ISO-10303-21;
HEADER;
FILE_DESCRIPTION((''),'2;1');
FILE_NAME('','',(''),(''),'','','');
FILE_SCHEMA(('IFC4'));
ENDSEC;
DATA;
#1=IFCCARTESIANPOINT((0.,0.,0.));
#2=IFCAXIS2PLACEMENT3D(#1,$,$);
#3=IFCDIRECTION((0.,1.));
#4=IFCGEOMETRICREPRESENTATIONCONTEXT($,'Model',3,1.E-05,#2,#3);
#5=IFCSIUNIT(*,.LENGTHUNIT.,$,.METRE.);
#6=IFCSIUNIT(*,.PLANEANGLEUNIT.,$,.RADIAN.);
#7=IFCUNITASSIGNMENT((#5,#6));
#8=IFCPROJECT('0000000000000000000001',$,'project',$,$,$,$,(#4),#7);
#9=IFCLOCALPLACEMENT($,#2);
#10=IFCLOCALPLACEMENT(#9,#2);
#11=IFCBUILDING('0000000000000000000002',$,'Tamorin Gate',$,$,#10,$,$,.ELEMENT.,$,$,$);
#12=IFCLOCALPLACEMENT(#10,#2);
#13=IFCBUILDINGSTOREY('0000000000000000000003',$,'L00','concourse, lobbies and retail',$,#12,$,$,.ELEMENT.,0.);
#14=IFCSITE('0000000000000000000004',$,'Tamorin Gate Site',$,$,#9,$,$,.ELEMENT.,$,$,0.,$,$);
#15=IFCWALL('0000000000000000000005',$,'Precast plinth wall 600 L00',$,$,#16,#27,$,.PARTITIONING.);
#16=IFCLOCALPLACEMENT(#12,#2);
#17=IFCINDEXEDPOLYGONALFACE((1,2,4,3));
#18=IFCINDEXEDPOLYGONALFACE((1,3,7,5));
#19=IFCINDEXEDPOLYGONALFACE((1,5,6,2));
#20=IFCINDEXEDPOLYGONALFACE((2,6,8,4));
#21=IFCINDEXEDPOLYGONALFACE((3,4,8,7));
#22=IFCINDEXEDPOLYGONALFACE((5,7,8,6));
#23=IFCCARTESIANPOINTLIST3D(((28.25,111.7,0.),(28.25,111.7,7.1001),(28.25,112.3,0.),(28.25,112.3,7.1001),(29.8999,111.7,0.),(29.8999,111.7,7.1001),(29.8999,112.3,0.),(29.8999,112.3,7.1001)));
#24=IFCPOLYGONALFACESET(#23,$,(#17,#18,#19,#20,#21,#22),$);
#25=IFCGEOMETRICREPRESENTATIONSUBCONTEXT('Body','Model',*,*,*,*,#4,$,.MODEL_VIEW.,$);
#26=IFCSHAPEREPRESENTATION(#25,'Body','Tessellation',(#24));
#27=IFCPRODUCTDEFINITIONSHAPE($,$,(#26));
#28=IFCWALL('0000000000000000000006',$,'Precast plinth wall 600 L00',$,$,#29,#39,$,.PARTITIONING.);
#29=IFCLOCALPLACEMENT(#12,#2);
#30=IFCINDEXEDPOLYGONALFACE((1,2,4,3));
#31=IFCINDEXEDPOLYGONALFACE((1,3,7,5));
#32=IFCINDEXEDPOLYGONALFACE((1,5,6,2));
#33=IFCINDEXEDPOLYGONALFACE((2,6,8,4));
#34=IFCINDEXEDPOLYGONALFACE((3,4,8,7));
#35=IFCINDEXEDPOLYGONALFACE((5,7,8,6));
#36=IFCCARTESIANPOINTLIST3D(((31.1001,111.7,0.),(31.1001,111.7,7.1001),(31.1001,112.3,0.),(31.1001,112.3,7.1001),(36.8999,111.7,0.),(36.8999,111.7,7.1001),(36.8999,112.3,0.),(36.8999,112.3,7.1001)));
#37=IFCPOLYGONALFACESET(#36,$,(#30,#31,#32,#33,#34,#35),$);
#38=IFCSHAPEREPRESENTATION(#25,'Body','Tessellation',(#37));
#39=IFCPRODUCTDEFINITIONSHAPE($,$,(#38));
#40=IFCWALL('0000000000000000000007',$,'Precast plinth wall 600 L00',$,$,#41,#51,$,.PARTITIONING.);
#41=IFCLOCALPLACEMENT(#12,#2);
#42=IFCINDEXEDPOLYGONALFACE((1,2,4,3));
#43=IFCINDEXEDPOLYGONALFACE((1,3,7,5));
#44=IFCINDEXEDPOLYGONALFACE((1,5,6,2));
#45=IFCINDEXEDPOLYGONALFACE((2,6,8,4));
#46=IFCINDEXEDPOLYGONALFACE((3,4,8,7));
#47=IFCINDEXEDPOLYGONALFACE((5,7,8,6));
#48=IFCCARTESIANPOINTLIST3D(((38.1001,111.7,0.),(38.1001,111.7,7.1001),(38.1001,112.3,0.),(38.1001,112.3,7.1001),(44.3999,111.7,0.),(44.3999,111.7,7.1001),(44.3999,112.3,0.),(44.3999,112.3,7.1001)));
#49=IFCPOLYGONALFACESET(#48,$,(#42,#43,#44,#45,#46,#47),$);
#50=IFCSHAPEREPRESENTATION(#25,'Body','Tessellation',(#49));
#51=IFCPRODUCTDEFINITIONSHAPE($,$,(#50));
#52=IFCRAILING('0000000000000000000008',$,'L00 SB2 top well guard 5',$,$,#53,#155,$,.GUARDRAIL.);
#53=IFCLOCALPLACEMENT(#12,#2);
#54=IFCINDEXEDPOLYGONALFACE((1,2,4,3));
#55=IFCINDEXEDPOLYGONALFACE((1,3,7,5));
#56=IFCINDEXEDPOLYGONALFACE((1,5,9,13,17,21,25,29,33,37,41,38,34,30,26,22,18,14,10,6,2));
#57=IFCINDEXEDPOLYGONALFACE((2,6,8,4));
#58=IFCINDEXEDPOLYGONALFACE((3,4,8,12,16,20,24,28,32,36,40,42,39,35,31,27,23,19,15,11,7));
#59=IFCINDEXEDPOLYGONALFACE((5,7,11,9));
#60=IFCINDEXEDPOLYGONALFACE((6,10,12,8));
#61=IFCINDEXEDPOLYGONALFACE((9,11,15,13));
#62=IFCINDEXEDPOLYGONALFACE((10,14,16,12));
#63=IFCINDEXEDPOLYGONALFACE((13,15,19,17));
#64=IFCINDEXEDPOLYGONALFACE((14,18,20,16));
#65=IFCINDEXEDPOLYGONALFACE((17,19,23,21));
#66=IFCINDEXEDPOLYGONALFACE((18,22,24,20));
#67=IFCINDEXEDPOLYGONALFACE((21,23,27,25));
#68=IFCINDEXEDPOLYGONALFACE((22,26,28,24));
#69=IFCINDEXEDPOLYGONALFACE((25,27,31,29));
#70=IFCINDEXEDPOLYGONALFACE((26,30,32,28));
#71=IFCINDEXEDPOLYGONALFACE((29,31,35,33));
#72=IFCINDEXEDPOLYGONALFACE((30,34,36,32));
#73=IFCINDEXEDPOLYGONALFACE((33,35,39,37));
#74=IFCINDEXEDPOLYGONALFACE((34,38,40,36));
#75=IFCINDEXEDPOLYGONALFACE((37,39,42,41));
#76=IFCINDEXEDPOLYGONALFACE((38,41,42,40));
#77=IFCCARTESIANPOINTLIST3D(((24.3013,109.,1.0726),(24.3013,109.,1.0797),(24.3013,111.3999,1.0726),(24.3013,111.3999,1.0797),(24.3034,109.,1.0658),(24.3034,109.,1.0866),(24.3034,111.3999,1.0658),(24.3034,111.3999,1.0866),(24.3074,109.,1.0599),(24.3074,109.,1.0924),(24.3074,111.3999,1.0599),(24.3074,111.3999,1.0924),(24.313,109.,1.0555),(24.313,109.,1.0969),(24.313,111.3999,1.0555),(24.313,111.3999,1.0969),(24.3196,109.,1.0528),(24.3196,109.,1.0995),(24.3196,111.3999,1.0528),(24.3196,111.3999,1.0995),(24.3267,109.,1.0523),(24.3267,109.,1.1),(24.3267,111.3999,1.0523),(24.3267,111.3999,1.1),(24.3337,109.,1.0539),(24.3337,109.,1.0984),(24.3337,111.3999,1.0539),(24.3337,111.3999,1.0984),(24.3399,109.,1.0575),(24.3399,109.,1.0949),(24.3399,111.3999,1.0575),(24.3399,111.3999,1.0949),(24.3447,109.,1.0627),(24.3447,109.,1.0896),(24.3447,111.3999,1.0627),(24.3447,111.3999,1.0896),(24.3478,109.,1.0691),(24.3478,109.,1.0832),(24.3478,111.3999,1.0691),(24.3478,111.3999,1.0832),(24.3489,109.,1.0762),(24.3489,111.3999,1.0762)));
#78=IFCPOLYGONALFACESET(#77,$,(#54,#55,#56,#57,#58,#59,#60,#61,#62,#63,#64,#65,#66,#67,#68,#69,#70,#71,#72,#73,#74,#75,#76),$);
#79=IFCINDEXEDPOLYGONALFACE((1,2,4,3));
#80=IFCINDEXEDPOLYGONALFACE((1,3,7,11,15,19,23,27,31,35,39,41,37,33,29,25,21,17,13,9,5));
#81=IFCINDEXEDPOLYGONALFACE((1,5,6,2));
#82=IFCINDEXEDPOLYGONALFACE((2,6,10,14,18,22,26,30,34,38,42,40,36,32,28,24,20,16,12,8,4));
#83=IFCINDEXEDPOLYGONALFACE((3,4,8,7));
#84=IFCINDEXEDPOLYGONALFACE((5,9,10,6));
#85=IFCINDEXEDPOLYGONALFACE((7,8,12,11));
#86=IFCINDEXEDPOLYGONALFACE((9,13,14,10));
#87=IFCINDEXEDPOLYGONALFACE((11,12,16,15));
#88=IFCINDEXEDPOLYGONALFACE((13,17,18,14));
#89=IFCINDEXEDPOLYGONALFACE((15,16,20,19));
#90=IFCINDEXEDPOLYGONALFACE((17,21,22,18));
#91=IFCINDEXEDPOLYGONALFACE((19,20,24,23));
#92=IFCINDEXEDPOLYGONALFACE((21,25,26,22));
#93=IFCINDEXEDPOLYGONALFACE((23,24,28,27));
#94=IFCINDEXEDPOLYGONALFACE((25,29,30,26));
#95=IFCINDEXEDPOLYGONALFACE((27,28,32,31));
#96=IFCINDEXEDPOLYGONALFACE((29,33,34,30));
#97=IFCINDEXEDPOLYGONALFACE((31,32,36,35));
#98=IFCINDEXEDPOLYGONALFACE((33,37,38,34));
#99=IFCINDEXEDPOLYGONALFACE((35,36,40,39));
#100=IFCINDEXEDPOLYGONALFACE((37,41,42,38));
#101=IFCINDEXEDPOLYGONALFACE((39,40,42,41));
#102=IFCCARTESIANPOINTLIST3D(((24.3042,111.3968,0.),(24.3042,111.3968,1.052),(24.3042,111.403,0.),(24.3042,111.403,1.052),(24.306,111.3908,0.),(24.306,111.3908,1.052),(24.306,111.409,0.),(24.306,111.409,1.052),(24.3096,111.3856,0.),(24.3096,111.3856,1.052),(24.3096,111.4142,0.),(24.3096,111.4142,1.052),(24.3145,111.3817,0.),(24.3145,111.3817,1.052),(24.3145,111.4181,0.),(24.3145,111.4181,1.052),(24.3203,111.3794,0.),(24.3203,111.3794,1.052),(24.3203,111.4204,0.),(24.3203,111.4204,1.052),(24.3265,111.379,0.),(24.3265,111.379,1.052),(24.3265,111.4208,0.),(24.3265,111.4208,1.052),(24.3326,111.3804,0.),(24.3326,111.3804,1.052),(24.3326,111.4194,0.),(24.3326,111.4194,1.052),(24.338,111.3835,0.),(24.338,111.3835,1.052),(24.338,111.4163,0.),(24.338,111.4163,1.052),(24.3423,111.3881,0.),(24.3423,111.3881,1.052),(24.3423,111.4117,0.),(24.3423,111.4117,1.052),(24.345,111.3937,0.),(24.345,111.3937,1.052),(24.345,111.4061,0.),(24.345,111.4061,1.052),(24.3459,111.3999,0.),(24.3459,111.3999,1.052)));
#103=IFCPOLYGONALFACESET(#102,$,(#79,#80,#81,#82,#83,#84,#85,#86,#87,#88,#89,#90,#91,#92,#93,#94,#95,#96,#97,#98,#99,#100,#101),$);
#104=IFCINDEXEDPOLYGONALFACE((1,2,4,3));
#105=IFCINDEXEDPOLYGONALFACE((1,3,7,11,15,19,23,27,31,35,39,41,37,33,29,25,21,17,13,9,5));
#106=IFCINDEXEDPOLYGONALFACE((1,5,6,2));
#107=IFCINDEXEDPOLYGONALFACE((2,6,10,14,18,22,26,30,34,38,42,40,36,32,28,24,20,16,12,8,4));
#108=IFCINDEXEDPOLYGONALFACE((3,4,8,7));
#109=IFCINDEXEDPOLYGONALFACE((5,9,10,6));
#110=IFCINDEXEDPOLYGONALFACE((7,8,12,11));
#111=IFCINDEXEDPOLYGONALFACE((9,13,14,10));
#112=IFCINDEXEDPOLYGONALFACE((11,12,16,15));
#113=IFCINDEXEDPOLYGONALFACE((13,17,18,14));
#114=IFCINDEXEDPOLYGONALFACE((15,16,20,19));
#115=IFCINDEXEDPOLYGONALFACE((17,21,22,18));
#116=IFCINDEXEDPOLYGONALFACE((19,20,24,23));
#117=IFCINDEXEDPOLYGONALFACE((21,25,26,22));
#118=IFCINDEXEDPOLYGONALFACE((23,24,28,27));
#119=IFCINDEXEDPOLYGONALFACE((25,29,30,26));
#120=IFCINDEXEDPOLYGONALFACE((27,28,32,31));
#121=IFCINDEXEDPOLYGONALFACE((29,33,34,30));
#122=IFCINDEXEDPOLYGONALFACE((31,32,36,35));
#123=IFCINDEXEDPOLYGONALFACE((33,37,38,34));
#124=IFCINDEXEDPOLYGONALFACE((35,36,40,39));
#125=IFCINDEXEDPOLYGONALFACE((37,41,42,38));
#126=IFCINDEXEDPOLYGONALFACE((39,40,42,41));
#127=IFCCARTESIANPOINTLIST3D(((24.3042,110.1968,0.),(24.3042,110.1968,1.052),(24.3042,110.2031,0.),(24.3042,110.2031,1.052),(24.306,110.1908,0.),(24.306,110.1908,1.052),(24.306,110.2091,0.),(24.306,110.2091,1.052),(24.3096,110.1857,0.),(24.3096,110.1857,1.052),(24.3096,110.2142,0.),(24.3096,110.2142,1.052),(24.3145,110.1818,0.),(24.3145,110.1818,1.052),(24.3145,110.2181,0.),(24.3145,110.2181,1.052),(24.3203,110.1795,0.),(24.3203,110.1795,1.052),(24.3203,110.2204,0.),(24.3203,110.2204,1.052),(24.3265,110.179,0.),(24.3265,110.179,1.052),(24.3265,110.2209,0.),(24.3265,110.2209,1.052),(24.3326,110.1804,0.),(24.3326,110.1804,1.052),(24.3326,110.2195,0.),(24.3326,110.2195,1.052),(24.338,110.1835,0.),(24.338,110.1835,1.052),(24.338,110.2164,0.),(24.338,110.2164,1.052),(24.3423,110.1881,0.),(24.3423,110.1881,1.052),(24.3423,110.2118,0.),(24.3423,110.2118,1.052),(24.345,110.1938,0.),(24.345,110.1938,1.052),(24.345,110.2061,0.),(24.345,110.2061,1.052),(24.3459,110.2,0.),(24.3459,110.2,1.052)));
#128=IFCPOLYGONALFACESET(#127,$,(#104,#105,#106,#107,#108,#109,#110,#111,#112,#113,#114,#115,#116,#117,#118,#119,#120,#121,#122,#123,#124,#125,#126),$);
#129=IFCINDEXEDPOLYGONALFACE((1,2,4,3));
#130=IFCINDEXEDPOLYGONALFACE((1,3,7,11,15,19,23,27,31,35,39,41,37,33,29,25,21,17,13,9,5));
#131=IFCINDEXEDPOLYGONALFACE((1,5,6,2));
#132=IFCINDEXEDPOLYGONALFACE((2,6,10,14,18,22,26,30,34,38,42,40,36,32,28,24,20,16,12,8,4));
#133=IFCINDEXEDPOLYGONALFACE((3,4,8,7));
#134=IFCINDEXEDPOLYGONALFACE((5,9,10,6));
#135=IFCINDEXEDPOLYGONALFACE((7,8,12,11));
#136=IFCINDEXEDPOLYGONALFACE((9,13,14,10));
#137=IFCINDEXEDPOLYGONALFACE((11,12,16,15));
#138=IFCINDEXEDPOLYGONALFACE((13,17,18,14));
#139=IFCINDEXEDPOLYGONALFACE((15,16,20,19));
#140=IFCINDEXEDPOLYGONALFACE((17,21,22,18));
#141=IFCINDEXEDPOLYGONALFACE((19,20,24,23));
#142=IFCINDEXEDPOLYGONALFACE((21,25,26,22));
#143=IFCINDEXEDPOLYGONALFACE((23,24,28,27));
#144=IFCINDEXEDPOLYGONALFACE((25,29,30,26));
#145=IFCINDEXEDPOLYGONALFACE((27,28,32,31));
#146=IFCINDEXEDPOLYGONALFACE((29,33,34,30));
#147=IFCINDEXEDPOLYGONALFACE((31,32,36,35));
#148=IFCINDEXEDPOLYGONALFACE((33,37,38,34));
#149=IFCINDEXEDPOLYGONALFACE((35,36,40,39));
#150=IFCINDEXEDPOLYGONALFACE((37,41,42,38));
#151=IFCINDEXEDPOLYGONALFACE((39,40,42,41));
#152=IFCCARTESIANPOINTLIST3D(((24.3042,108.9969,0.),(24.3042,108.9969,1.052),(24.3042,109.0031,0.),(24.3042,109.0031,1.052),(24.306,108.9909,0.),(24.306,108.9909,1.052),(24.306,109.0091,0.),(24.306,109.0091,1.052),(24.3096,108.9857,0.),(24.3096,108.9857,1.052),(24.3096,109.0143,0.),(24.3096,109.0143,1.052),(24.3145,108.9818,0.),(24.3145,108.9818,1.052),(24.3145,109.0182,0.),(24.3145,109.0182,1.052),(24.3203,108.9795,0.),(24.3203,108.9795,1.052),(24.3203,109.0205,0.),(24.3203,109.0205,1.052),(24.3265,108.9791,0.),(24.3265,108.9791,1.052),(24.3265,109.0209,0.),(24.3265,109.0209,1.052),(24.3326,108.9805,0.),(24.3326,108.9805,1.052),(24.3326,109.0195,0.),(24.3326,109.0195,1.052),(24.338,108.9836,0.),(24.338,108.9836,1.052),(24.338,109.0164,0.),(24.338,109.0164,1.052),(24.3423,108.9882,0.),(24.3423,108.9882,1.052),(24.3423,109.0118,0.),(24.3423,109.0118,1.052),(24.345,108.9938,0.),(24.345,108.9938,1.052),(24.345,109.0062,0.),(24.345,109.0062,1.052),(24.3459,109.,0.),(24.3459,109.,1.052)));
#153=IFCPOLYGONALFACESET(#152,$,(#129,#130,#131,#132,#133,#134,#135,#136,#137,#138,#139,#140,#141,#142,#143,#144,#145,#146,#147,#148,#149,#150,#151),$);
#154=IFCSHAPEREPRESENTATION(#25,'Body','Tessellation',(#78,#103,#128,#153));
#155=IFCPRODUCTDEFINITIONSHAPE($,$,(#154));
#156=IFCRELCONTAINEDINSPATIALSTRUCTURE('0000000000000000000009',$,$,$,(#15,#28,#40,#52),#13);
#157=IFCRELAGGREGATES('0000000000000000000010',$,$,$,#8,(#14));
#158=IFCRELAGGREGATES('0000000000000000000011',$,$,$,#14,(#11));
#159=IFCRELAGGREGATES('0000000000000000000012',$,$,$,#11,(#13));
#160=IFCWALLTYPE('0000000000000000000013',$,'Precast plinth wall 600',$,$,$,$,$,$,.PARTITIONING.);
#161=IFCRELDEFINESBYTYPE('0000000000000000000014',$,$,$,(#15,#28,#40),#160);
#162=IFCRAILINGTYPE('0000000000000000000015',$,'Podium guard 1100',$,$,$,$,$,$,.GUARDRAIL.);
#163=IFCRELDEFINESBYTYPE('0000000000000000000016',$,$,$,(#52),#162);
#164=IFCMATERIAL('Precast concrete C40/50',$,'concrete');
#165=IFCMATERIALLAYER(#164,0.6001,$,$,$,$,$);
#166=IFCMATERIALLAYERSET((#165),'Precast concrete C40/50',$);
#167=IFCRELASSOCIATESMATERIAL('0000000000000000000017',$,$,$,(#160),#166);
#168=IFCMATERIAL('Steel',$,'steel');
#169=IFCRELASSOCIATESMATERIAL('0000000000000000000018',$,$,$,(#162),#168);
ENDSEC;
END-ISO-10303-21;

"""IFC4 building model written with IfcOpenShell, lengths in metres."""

from ifc_helpers import new_model, si_unit, direction, frame, frame_2d, origin, origin_2d, place, context, subcontext, project, spatial, rectangle, circle, extrude, material, layer, layer_set, type_object, element, save


model = new_model("IFC4")

# Units and contexts
model_context = context("Model", 3, precision=1e-05, world=origin(), true_north=direction((0.0, 1.0)))
body_context = subcontext(model_context, "Body", "Model", "MODEL_VIEW")
ifc_project = project(units=[si_unit("LENGTHUNIT", "METRE"), si_unit("PLANEANGLEUNIT", "RADIAN")], contexts=[model_context])

# Site, building, storey
site_placement = place(None, origin())
site = spatial("IfcSite", under=ifc_project, at=site_placement, Name="Tamorin Gate Site", CompositionType="ELEMENT", RefElevation=0.0)
building_placement = place(site_placement, origin())
building = spatial("IfcBuilding", under=site, at=building_placement, Name="Tamorin Gate", CompositionType="ELEMENT")
storey_placement = place(building_placement, origin())
storey = spatial("IfcBuildingStorey", under=building, at=storey_placement, Name="L00", Description="concourse, lobbies and retail", CompositionType="ELEMENT", Elevation=0.0)

# Shared definitions
ifc_material_1 = material(Name="Precast concrete C40/50", Category="concrete")
ifc_layer = layer(ifc_material_1, 0.6001)
ifc_layer_set = layer_set([ifc_layer], Name="Precast concrete C40/50")
wall_type = type_object("IfcWallType", Name="Precast plinth wall 600", PredefinedType="PARTITIONING", material=ifc_layer_set)

# Walls
wall_1_placement = place(storey_placement, frame((28.25, 112.0, 0.0), z_axis=(0.0, 0.0, 1.0), x_axis=(1.0, 0.0, 0.0)))
element("IfcWall", 1, at=wall_1_placement, inside=storey, type_object=wall_type, Name="Precast plinth wall 600 L00", PredefinedType="PARTITIONING", context=body_context, shape_type="SweptSolid", body=[
    extrude(rectangle(XDim=1.6499, YDim=0.6001, at=frame_2d((0.825, 0.0))), origin(), (0.0, 0.0, 1.0), 7.1001),
])
wall_2_placement = place(storey_placement, frame((31.1001, 112.0, 0.0), z_axis=(0.0, 0.0, 1.0), x_axis=(1.0, 0.0, 0.0)))
element("IfcWall", 2, at=wall_2_placement, inside=storey, type_object=wall_type, Name="Precast plinth wall 600 L00", PredefinedType="PARTITIONING", context=body_context, shape_type="SweptSolid", body=[
    extrude(rectangle(XDim=5.7998, YDim=0.6001, at=frame_2d((2.8999, 0.0))), origin(), (0.0, 0.0, 1.0), 7.1001),
])
wall_3_placement = place(storey_placement, frame((38.1001, 112.0, 0.0), z_axis=(0.0, 0.0, 1.0), x_axis=(1.0, 0.0, 0.0)))
element("IfcWall", 3, at=wall_3_placement, inside=storey, type_object=wall_type, Name="Precast plinth wall 600 L00", PredefinedType="PARTITIONING", context=body_context, shape_type="SweptSolid", body=[
    extrude(rectangle(XDim=6.2998, YDim=0.6001, at=frame_2d((3.1499, 0.0))), origin(), (0.0, 0.0, 1.0), 7.1001),
])

# Railing
ifc_material_2 = material(Name="Steel", Category="steel")
railing_type = type_object("IfcRailingType", Name="Podium guard 1100", PredefinedType="GUARDRAIL", material=ifc_material_2)
for number, where, name in (
    (4, (24.325, 111.3999, 0.0), "L00 SB2 top well guard 5"),
):
    element("IfcRailing", number, at=place(storey_placement, frame(where)), inside=storey, type_object=railing_type, Name=name, PredefinedType="GUARDRAIL", context=body_context, shape_type="SweptSolid", body=[
        extrude(circle(Radius=0.0239, at=origin_2d()), frame((0.0, 0.0, 1.0762), z_axis=(0.0, -1.0, 0.0), x_axis=(1.0, 0.0, 0.0)), (0.0, 0.0, 1.0), 2.3999),
        extrude(circle(Radius=0.021, at=origin_2d()), origin(), (0.0, 0.0, 1.0), 1.052),
        extrude(circle(Radius=0.021, at=origin_2d()), frame((0.0, -1.2, 0.0)), (0.0, 0.0, 1.0), 1.052),
        extrude(circle(Radius=0.021, at=origin_2d()), frame((0.0, -2.3999, 0.0)), (0.0, 0.0, 1.0), 1.052),
    ])

save(model, "model.ifc")
